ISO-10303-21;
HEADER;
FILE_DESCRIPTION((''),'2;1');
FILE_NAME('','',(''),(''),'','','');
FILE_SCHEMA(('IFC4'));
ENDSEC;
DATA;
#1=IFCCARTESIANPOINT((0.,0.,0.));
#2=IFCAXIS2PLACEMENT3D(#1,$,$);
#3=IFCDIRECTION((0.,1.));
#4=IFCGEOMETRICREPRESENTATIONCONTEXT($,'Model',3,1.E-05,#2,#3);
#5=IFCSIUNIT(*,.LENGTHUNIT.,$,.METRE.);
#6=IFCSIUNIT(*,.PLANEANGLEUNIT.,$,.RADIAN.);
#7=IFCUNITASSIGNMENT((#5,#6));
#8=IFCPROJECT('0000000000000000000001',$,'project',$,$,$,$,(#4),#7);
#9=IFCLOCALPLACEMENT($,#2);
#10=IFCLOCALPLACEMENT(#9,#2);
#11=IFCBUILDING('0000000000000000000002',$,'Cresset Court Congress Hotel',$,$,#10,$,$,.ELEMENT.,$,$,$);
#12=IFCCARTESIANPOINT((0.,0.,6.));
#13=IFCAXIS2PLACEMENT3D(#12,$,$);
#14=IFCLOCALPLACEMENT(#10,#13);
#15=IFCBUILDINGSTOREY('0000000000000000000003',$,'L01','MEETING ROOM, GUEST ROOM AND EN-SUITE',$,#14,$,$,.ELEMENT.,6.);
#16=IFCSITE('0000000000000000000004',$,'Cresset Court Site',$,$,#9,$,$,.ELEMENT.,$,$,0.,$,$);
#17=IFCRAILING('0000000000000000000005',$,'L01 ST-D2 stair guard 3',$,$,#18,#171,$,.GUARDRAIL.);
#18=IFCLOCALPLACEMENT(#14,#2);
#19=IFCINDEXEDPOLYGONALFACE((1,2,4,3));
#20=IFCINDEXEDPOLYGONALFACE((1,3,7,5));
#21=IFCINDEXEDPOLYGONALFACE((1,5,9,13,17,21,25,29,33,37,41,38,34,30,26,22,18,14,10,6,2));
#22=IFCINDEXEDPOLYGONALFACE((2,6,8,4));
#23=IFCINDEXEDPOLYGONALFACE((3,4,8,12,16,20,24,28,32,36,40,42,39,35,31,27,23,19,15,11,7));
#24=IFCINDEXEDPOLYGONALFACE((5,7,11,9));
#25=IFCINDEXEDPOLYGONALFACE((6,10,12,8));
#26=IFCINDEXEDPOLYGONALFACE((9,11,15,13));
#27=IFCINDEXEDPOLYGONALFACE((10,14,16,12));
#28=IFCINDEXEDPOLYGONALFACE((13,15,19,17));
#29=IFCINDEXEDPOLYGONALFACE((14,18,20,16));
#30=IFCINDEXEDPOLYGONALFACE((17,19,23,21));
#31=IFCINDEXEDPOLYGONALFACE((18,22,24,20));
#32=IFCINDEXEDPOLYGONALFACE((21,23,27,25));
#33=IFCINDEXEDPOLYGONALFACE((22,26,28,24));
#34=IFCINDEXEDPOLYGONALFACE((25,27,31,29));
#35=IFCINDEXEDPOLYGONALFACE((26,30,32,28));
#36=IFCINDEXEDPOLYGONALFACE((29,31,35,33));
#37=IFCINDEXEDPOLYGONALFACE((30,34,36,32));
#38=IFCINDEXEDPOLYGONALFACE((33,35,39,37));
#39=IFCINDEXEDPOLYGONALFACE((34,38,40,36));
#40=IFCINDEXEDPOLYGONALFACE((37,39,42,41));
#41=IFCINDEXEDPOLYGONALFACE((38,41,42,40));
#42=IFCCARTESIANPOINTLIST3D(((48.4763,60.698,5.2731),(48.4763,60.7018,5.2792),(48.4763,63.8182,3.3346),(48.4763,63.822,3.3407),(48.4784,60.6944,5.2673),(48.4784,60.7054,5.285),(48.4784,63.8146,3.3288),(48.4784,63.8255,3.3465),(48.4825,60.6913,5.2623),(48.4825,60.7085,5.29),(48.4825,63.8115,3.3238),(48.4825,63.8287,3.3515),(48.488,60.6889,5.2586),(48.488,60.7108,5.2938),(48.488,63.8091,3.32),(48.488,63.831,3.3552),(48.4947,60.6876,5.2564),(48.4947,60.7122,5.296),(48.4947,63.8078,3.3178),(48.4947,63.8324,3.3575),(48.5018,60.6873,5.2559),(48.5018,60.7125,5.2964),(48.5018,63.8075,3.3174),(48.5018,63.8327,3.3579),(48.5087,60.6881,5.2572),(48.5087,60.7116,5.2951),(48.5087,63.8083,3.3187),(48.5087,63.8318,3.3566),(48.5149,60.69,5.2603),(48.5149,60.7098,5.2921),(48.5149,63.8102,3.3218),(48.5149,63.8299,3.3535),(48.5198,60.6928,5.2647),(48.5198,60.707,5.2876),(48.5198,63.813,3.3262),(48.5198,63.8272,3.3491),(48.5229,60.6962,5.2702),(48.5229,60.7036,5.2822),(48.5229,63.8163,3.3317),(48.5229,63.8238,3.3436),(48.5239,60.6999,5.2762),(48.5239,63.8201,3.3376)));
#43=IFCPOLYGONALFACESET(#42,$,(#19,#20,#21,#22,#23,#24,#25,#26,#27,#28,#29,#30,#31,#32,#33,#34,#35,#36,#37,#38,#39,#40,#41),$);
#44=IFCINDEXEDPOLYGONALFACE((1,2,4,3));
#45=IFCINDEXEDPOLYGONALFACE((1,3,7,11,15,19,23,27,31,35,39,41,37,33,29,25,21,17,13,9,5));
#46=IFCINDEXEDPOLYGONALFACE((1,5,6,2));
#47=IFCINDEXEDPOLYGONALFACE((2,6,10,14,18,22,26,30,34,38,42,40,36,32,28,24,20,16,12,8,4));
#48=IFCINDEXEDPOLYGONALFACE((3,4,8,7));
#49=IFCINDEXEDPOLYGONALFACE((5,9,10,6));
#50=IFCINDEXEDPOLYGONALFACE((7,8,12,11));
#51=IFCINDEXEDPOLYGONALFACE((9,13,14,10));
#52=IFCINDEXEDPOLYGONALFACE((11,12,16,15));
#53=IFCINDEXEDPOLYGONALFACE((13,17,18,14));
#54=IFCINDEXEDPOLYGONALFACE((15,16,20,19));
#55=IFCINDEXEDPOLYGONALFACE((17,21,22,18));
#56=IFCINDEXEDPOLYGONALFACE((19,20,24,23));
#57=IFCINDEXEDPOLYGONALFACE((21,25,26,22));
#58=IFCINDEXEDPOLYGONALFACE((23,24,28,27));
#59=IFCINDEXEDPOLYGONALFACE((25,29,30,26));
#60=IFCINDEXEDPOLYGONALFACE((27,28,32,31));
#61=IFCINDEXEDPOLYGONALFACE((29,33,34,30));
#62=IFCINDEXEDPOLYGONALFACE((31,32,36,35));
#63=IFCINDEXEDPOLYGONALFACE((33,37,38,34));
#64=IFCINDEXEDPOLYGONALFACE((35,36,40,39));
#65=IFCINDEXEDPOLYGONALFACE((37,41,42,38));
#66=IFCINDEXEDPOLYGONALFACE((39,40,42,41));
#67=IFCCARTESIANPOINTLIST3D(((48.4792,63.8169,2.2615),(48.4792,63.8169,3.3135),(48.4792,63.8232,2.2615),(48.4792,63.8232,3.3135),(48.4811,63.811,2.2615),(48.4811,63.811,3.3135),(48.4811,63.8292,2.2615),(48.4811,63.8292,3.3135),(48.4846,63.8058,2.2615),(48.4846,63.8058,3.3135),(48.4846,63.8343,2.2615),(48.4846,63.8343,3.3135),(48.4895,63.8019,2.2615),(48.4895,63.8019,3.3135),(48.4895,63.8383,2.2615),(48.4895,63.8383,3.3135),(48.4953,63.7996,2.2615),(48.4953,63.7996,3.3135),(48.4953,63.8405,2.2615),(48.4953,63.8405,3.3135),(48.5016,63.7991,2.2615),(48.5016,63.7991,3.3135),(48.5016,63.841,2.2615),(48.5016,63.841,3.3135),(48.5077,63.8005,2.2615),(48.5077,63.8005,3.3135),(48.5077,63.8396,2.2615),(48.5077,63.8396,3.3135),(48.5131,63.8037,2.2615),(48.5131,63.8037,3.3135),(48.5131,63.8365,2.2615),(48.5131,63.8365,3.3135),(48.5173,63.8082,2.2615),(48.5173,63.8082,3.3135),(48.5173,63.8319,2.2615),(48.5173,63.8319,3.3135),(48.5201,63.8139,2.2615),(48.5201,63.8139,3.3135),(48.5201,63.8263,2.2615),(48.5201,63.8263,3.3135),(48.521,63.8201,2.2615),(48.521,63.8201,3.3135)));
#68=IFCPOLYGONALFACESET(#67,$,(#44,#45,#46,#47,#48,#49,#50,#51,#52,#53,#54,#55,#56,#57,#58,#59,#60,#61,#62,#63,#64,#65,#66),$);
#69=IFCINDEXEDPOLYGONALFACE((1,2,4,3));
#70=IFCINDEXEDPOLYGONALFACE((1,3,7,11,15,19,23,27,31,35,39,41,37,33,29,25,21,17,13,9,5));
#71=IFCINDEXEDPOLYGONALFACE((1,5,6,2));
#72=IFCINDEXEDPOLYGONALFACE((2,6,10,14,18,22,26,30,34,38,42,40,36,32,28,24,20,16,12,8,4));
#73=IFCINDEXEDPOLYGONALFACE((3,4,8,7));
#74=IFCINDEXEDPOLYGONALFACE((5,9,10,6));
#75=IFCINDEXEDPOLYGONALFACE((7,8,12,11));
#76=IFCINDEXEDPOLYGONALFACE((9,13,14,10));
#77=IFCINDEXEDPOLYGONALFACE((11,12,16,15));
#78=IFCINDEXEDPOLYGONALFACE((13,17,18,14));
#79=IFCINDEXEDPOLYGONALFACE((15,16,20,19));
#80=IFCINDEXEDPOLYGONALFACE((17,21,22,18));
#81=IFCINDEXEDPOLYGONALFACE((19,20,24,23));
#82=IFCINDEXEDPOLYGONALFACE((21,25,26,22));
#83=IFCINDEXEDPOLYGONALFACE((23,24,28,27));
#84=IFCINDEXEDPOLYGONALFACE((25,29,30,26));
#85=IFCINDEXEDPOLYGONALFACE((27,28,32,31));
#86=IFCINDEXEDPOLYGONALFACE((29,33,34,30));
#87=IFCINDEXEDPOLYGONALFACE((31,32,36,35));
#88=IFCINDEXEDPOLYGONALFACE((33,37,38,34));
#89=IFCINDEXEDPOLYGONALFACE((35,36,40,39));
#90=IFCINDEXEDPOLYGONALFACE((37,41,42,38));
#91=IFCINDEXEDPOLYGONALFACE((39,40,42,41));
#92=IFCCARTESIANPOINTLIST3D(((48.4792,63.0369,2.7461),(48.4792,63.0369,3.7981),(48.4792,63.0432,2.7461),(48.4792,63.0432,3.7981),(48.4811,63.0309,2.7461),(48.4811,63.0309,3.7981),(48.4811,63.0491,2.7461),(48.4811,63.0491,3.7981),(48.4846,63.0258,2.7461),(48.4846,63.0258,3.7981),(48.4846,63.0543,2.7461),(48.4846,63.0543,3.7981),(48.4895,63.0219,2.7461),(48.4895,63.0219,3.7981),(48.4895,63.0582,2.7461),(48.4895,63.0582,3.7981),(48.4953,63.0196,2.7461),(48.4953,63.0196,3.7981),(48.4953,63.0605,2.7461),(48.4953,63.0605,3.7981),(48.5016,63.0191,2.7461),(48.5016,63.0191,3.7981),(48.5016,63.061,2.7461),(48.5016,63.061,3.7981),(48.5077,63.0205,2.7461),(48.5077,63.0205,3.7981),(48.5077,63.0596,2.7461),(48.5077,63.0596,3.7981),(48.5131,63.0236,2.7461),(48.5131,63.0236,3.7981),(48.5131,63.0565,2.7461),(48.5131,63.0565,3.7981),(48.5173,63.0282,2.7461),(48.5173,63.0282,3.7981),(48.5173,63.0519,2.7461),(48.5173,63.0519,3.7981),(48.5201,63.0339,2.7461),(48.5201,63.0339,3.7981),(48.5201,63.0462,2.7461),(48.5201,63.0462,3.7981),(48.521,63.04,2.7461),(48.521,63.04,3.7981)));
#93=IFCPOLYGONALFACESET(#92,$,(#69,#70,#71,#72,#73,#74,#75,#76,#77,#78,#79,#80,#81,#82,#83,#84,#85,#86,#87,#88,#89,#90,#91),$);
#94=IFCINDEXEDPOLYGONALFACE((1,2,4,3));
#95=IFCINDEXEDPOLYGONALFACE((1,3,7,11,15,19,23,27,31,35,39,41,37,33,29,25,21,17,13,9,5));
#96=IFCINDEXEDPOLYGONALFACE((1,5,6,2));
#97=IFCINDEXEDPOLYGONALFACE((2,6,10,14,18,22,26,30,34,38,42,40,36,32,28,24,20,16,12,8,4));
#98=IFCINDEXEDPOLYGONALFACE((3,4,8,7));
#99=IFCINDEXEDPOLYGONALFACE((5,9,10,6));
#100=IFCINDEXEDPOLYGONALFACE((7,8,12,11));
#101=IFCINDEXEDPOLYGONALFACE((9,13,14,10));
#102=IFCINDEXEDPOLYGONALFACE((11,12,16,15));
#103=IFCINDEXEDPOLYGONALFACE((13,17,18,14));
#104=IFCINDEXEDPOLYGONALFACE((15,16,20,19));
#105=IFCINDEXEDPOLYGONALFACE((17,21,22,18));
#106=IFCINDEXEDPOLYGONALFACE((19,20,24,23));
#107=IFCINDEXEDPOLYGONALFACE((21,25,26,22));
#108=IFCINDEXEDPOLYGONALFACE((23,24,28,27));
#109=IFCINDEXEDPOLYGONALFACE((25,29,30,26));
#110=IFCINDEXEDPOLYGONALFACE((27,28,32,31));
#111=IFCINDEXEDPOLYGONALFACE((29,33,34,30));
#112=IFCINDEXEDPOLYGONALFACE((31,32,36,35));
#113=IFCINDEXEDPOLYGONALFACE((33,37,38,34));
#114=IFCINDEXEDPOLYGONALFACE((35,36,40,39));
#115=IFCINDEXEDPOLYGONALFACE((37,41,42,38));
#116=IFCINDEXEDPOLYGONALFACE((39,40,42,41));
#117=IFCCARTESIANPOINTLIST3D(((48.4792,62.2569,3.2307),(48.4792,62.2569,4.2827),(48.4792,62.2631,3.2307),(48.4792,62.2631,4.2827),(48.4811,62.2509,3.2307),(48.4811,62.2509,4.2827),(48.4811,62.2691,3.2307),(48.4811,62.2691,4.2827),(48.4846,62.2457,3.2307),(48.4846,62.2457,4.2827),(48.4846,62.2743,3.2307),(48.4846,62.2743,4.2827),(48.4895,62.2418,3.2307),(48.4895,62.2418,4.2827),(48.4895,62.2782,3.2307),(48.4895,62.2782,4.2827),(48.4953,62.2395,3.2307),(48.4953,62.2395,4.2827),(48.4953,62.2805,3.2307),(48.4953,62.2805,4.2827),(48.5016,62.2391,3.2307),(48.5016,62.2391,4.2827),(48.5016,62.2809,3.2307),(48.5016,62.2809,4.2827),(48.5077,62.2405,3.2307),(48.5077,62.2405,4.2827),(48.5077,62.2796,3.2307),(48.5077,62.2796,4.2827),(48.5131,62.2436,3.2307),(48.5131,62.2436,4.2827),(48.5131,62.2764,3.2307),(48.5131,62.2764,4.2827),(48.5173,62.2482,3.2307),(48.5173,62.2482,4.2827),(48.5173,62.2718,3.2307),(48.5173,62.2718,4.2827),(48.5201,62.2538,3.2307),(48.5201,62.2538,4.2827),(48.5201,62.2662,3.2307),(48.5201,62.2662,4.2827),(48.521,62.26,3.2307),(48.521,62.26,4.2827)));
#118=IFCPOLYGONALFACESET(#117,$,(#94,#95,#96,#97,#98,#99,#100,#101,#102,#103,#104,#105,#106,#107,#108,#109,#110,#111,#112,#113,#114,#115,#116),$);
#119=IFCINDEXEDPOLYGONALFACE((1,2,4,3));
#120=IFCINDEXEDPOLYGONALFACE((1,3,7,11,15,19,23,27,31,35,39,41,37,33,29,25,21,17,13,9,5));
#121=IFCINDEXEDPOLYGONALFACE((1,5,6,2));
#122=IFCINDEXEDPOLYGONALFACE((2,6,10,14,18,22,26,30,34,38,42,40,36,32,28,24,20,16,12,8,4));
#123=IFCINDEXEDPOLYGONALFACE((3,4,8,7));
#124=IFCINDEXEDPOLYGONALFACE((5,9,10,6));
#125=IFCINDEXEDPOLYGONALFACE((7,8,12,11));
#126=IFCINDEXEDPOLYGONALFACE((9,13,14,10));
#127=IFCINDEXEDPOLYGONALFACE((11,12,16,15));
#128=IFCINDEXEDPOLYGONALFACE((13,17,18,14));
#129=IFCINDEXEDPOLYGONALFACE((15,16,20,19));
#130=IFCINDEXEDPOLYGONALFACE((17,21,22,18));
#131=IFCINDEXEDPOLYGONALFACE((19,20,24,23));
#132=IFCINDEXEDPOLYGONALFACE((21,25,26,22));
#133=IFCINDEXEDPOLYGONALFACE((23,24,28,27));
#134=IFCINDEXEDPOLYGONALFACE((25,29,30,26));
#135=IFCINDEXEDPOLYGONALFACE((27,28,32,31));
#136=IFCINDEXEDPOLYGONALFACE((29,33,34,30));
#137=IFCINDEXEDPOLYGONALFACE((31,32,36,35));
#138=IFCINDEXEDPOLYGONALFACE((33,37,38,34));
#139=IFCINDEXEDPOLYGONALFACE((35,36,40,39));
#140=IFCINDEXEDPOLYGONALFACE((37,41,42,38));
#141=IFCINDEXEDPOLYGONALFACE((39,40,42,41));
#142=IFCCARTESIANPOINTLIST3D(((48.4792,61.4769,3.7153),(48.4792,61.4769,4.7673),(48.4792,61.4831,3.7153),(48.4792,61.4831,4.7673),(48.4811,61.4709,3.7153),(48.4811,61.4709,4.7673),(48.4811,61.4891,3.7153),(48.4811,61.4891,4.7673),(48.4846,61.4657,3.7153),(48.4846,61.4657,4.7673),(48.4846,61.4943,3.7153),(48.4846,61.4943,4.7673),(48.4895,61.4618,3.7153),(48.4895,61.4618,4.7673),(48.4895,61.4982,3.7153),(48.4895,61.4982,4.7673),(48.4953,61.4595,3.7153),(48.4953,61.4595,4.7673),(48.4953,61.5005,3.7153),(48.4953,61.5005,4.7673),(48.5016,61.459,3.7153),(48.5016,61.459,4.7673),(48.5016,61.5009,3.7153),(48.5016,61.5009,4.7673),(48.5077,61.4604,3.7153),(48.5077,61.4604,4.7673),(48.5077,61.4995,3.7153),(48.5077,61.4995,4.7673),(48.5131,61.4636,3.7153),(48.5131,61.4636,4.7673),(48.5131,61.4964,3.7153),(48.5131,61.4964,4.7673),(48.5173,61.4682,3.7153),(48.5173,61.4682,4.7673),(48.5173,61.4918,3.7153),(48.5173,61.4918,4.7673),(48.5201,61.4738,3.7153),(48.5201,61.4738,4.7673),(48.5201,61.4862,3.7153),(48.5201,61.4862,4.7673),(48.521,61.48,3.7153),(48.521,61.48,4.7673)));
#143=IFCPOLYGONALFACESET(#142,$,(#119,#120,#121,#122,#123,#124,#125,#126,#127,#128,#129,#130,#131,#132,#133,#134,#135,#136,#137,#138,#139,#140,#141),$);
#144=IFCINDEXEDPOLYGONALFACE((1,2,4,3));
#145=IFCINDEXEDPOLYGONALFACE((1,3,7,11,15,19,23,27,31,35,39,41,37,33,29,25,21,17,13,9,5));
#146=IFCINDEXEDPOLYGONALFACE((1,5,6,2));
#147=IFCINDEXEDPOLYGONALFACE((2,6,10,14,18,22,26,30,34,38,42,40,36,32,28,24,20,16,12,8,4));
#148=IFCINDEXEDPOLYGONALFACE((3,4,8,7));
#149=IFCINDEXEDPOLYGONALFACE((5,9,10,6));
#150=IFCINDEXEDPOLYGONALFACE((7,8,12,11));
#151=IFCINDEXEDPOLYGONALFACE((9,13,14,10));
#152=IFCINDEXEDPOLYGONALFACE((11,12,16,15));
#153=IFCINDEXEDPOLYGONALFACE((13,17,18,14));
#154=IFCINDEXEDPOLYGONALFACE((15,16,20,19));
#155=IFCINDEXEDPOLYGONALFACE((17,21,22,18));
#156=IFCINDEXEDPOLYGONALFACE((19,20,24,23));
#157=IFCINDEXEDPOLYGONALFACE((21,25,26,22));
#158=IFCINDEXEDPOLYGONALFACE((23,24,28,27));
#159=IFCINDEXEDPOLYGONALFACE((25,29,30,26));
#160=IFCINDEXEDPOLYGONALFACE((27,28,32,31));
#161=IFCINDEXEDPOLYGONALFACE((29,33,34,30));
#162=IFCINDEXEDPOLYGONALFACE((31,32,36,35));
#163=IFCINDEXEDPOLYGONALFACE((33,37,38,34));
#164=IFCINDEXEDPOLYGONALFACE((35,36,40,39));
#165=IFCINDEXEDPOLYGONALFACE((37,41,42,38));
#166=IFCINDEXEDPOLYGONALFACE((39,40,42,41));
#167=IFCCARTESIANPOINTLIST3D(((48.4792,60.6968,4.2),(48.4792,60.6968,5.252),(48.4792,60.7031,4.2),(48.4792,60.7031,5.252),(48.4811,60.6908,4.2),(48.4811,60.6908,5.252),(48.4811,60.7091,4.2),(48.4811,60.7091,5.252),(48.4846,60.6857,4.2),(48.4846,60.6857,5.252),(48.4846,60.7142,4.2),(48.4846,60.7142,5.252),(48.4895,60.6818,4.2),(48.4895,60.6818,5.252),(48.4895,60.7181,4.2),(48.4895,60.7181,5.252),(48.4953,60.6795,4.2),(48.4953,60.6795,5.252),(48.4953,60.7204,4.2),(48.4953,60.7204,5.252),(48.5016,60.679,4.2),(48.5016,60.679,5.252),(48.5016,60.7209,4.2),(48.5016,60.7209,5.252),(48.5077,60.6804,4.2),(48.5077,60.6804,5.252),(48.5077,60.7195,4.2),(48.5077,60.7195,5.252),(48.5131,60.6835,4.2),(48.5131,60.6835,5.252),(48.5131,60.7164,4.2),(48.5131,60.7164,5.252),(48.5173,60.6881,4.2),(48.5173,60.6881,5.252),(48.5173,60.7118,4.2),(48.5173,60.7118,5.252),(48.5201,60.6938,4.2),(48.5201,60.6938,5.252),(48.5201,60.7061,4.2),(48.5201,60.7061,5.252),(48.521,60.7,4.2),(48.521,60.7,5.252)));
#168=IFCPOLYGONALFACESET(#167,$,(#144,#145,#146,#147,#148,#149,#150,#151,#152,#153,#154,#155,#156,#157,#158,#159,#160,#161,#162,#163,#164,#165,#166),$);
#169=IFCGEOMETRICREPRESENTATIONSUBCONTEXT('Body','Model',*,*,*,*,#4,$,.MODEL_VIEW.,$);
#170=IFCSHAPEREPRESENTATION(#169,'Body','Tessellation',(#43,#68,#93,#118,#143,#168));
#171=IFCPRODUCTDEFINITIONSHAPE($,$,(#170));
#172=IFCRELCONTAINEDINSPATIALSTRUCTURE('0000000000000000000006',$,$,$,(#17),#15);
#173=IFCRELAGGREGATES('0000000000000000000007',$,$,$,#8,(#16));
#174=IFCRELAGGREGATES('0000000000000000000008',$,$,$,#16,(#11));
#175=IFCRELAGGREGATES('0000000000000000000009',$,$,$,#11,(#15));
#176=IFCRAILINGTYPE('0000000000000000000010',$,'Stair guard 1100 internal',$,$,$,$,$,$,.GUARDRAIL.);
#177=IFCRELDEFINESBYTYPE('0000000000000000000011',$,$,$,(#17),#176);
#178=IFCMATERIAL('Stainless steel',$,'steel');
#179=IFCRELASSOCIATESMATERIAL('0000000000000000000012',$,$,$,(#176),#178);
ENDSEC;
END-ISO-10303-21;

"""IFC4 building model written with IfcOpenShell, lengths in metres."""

from ifc_helpers import new_model, si_unit, direction, frame, origin, origin_2d, place, context, subcontext, project, spatial, circle, extrude, material, type_object, element, save


model = new_model("IFC4")

# Units and contexts
model_context = context("Model", 3, precision=1e-05, world=origin(), true_north=direction((0.0, 1.0)))
body_context = subcontext(model_context, "Body", "Model", "MODEL_VIEW")
ifc_project = project(units=[si_unit("LENGTHUNIT", "METRE"), si_unit("PLANEANGLEUNIT", "RADIAN")], contexts=[model_context])

# Site, building, storey
site_placement = place(None, origin())
site = spatial("IfcSite", under=ifc_project, at=site_placement, Name="Cresset Court Site", CompositionType="ELEMENT", RefElevation=0.0)
building_placement = place(site_placement, origin())
building = spatial("IfcBuilding", under=site, at=building_placement, Name="Cresset Court Congress Hotel", CompositionType="ELEMENT")
storey_placement = place(building_placement, frame((0.0, 0.0, 6.0)))
storey = spatial("IfcBuildingStorey", under=building, at=storey_placement, Name="L01", Description="MEETING ROOM, GUEST ROOM AND EN-SUITE", CompositionType="ELEMENT", Elevation=6.0)

# Railing
ifc_material_1 = material(Name="Stainless steel", Category="steel")
railing_type_1 = type_object("IfcRailingType", Name="Stair guard 1100 internal", PredefinedType="GUARDRAIL", material=ifc_material_1)
railing_1_placement = place(storey_placement, frame((48.5, 63.8201, 2.2615)))
element("IfcRailing", 1, at=railing_1_placement, inside=storey, type_object=railing_type_1, Name="L01 ST-D2 stair guard 3", PredefinedType="GUARDRAIL", context=body_context, shape_type="SweptSolid", body=[
    extrude(circle(Radius=0.0239, at=origin_2d()), frame((0.0, 0.0, 1.0762), z_axis=(0.0, -0.849414, 0.527727), x_axis=(1.0, 0.0, 0.0)), (0.0, 0.0, 1.0), 3.6733),
    extrude(circle(Radius=0.021, at=origin_2d()), origin(), (0.0, 0.0, 1.0), 1.052),
    extrude(circle(Radius=0.021, at=origin_2d()), frame((0.0, -0.78, 0.4846)), (0.0, 0.0, 1.0), 1.052),
    extrude(circle(Radius=0.021, at=origin_2d()), frame((0.0, -1.5601, 0.9692)), (0.0, 0.0, 1.0), 1.052),
    extrude(circle(Radius=0.021, at=origin_2d()), frame((0.0, -2.3401, 1.4539)), (0.0, 0.0, 1.0), 1.052),
    extrude(circle(Radius=0.021, at=origin_2d()), frame((0.0, -3.1201, 1.9385)), (0.0, 0.0, 1.0), 1.052),
])

save(model, "model.ifc")
